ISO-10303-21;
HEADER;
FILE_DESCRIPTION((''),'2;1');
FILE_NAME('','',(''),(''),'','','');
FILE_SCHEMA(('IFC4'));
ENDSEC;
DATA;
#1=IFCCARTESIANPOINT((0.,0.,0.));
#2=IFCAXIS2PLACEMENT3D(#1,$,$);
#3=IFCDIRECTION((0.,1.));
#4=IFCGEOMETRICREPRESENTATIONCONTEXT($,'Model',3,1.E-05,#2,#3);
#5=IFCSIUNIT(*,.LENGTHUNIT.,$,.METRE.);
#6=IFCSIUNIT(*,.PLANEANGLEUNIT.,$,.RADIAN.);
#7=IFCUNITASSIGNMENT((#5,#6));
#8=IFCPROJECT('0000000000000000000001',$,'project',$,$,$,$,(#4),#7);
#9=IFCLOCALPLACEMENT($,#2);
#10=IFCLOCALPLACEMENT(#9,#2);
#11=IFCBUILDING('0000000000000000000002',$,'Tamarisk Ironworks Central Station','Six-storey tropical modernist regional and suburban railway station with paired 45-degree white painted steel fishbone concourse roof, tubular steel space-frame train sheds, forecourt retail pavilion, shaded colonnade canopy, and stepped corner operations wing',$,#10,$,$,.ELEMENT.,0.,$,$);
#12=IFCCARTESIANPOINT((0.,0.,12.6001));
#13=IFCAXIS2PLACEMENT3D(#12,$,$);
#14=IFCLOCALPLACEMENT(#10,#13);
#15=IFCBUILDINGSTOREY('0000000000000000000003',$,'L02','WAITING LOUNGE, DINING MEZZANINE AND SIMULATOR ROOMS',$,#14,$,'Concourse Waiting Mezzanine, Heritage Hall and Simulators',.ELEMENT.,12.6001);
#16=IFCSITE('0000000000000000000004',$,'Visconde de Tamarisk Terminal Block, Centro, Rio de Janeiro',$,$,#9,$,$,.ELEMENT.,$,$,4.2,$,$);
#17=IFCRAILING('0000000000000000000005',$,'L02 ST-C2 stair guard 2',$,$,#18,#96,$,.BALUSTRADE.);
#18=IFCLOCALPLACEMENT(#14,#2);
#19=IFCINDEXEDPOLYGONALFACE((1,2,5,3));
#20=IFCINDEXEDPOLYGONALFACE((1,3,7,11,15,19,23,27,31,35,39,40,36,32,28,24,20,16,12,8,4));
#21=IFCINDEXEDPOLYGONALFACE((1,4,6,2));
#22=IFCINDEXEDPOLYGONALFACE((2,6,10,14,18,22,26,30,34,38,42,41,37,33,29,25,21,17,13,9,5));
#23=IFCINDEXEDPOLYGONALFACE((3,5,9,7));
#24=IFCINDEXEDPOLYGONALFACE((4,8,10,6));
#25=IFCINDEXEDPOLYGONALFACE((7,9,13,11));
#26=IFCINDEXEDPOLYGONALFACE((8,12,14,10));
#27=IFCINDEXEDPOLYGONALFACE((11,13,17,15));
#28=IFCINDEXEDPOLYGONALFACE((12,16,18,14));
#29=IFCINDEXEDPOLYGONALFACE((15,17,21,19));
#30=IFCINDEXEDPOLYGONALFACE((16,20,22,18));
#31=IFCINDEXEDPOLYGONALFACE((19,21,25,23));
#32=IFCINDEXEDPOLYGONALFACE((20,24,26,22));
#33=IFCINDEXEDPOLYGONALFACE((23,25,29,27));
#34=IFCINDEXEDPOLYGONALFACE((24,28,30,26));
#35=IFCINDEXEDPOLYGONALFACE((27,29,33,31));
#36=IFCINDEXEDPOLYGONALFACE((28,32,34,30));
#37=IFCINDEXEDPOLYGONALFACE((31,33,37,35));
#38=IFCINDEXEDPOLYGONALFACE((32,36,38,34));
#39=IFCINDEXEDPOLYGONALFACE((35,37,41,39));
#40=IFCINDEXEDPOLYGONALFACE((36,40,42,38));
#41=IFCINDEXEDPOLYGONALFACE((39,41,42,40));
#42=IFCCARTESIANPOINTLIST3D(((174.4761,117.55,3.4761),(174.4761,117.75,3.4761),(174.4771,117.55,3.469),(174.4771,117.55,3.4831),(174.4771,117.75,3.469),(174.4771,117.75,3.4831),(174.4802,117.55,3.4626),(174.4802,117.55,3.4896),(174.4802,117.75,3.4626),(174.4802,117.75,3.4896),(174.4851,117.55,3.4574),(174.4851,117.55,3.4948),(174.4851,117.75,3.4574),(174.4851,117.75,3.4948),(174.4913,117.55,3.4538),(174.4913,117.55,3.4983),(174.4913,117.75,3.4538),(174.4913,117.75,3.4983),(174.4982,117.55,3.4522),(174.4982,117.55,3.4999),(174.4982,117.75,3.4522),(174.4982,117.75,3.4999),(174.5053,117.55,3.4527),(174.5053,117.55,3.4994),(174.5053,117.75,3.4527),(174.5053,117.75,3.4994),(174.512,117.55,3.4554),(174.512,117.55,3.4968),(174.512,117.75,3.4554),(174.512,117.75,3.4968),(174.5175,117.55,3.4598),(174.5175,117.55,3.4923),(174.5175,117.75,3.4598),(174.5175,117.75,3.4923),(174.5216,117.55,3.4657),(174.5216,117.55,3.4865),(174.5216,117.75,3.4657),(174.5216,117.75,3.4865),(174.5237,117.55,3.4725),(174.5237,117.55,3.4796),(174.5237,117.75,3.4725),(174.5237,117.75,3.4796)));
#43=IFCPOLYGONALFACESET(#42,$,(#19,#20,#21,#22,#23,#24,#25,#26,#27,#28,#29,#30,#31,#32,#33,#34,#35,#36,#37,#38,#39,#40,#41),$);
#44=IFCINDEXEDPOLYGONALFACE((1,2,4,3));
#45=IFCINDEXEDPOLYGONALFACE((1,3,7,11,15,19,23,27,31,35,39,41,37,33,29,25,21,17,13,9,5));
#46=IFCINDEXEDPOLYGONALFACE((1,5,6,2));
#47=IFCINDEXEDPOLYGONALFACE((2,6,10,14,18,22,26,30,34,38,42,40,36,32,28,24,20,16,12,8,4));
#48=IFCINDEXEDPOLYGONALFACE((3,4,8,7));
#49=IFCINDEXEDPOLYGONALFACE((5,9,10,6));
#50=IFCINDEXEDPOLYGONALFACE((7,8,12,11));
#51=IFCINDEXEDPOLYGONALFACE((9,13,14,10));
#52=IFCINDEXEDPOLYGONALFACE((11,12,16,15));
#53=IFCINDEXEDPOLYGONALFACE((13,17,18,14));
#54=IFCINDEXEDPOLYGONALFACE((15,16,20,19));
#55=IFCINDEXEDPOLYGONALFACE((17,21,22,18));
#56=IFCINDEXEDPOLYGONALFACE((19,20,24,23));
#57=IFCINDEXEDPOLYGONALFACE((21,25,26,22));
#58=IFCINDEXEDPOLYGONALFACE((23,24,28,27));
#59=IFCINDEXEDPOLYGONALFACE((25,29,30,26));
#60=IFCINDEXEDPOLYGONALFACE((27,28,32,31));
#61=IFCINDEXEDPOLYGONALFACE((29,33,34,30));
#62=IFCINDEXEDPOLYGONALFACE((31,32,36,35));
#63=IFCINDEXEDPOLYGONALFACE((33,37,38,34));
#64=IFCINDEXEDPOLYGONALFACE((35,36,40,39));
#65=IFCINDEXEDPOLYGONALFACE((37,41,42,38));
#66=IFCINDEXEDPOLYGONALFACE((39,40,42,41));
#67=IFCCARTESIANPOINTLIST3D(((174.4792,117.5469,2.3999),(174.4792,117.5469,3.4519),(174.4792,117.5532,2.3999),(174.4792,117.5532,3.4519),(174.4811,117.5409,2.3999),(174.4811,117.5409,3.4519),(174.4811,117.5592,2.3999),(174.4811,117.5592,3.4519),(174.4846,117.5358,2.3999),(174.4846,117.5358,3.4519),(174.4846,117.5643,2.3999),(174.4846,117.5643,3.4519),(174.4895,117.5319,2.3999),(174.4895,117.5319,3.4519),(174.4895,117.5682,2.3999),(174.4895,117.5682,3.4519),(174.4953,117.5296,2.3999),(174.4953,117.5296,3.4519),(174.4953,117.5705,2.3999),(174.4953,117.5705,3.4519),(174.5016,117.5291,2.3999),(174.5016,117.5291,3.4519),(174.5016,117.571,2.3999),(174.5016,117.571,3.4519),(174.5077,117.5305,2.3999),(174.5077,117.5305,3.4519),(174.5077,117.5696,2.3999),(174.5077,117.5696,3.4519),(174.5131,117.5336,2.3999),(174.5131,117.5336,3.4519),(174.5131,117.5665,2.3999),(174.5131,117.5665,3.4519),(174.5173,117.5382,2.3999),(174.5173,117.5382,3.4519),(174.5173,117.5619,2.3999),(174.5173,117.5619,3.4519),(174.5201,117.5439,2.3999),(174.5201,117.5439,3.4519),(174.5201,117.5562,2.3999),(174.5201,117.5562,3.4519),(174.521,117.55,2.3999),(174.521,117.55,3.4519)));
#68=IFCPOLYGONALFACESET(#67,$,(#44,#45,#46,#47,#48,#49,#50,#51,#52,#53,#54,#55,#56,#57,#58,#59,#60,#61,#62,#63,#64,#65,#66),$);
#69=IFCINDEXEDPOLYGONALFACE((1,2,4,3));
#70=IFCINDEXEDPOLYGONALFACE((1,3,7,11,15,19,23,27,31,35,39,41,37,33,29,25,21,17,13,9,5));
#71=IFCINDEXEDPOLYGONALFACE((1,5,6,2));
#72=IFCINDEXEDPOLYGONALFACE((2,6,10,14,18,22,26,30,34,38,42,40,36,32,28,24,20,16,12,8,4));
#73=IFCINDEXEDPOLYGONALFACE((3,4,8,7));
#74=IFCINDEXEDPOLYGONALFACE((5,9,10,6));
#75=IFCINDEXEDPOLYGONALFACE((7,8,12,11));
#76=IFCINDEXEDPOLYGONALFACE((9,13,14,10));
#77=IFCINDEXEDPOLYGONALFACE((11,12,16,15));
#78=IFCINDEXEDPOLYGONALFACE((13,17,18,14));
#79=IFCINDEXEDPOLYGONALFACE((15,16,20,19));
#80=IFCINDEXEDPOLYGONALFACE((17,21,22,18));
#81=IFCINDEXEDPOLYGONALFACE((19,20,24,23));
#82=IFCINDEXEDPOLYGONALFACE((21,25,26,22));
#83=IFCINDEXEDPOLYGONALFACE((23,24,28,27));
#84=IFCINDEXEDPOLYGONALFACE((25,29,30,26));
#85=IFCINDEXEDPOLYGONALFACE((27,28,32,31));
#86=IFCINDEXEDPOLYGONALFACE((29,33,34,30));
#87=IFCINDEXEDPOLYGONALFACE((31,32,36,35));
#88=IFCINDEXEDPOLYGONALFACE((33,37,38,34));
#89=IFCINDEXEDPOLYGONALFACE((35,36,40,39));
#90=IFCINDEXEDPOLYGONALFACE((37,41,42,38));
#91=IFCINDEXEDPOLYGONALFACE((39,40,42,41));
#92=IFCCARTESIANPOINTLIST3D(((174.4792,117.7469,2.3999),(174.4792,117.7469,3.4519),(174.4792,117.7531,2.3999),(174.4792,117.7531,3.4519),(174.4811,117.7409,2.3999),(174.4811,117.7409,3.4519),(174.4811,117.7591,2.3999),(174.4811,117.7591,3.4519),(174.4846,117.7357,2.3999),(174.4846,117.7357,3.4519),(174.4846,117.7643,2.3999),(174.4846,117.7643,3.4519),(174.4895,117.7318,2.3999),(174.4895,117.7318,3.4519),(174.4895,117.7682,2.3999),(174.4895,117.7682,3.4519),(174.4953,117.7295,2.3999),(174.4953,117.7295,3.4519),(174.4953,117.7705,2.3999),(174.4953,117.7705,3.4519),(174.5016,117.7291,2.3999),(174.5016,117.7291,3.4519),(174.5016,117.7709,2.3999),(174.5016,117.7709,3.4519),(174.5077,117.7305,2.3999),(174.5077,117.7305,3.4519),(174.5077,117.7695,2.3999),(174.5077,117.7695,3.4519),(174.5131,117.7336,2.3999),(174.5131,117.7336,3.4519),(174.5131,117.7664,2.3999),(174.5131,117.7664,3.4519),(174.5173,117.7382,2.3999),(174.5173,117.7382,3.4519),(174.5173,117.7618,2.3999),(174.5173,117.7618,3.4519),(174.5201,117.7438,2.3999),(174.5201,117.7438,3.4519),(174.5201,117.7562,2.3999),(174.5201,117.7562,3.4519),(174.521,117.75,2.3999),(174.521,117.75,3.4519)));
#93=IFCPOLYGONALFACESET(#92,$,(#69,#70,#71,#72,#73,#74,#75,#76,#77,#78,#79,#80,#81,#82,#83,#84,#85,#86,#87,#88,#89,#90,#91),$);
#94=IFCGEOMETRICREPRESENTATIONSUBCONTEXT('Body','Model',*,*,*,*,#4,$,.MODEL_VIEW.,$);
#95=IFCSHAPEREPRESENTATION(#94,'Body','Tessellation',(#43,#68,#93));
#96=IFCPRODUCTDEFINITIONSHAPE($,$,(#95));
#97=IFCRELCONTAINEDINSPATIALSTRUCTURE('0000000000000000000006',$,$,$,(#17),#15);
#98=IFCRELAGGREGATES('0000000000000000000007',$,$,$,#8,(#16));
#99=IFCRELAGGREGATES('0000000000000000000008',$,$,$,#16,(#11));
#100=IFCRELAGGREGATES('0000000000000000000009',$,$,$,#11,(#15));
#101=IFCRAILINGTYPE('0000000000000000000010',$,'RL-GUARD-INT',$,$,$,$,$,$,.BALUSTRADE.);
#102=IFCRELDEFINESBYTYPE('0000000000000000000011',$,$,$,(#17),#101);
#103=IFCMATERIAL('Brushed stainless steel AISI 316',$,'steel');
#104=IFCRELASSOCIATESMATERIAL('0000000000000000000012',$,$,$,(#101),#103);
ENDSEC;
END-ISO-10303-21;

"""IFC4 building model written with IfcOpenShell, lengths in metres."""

from ifc_helpers import new_model, si_unit, direction, frame, origin, origin_2d, place, context, subcontext, project, spatial, circle, extrude, material, type_object, element, save


model = new_model("IFC4")

# Units and contexts
model_context = context("Model", 3, precision=1e-05, world=origin(), true_north=direction((0.0, 1.0)))
body_context = subcontext(model_context, "Body", "Model", "MODEL_VIEW")
ifc_project = project(units=[si_unit("LENGTHUNIT", "METRE"), si_unit("PLANEANGLEUNIT", "RADIAN")], contexts=[model_context])

# Site, building, storey
site_placement = place(None, origin())
site = spatial("IfcSite", under=ifc_project, at=site_placement, Name="Visconde de Tamarisk Terminal Block, Centro, Rio de Janeiro", CompositionType="ELEMENT", RefElevation=4.2)
building_placement = place(site_placement, origin())
building = spatial("IfcBuilding", under=site, at=building_placement, Name="Tamarisk Ironworks Central Station", Description="Six-storey tropical modernist regional and suburban railway station with paired 45-degree white painted steel fishbone concourse roof, tubular steel space-frame train sheds, forecourt retail pavilion, shaded colonnade canopy, and stepped corner operations wing", CompositionType="ELEMENT", ElevationOfRefHeight=0.0)
storey_placement = place(building_placement, frame((0.0, 0.0, 12.6001)))
storey = spatial("IfcBuildingStorey", under=building, at=storey_placement, Name="L02", Description="WAITING LOUNGE, DINING MEZZANINE AND SIMULATOR ROOMS", LongName="Concourse Waiting Mezzanine, Heritage Hall and Simulators", CompositionType="ELEMENT", Elevation=12.6001)

# Railing
ifc_material_1 = material(Name="Brushed stainless steel AISI 316", Category="steel")
railing_type_1 = type_object("IfcRailingType", Name="RL-GUARD-INT", PredefinedType="BALUSTRADE", material=ifc_material_1)
railing_1_placement = place(storey_placement, frame((174.5, 117.55, 2.3999)))
element("IfcRailing", 1, at=railing_1_placement, inside=storey, type_object=railing_type_1, Name="L02 ST-C2 stair guard 2", PredefinedType="BALUSTRADE", context=body_context, shape_type="SweptSolid", body=[
    extrude(circle(Radius=0.0239, at=origin_2d()), frame((0.0, 0.0, 1.0762), z_axis=(0.0, 1.0, 0.0), x_axis=(-1.0, 0.0, 0.0)), (0.0, 0.0, 1.0), 0.2),
    extrude(circle(Radius=0.021, at=origin_2d()), origin(), (0.0, 0.0, 1.0), 1.052),
    extrude(circle(Radius=0.021, at=origin_2d()), frame((0.0, 0.2, 0.0)), (0.0, 0.0, 1.0), 1.052),
])

save(model, "model.ifc")
